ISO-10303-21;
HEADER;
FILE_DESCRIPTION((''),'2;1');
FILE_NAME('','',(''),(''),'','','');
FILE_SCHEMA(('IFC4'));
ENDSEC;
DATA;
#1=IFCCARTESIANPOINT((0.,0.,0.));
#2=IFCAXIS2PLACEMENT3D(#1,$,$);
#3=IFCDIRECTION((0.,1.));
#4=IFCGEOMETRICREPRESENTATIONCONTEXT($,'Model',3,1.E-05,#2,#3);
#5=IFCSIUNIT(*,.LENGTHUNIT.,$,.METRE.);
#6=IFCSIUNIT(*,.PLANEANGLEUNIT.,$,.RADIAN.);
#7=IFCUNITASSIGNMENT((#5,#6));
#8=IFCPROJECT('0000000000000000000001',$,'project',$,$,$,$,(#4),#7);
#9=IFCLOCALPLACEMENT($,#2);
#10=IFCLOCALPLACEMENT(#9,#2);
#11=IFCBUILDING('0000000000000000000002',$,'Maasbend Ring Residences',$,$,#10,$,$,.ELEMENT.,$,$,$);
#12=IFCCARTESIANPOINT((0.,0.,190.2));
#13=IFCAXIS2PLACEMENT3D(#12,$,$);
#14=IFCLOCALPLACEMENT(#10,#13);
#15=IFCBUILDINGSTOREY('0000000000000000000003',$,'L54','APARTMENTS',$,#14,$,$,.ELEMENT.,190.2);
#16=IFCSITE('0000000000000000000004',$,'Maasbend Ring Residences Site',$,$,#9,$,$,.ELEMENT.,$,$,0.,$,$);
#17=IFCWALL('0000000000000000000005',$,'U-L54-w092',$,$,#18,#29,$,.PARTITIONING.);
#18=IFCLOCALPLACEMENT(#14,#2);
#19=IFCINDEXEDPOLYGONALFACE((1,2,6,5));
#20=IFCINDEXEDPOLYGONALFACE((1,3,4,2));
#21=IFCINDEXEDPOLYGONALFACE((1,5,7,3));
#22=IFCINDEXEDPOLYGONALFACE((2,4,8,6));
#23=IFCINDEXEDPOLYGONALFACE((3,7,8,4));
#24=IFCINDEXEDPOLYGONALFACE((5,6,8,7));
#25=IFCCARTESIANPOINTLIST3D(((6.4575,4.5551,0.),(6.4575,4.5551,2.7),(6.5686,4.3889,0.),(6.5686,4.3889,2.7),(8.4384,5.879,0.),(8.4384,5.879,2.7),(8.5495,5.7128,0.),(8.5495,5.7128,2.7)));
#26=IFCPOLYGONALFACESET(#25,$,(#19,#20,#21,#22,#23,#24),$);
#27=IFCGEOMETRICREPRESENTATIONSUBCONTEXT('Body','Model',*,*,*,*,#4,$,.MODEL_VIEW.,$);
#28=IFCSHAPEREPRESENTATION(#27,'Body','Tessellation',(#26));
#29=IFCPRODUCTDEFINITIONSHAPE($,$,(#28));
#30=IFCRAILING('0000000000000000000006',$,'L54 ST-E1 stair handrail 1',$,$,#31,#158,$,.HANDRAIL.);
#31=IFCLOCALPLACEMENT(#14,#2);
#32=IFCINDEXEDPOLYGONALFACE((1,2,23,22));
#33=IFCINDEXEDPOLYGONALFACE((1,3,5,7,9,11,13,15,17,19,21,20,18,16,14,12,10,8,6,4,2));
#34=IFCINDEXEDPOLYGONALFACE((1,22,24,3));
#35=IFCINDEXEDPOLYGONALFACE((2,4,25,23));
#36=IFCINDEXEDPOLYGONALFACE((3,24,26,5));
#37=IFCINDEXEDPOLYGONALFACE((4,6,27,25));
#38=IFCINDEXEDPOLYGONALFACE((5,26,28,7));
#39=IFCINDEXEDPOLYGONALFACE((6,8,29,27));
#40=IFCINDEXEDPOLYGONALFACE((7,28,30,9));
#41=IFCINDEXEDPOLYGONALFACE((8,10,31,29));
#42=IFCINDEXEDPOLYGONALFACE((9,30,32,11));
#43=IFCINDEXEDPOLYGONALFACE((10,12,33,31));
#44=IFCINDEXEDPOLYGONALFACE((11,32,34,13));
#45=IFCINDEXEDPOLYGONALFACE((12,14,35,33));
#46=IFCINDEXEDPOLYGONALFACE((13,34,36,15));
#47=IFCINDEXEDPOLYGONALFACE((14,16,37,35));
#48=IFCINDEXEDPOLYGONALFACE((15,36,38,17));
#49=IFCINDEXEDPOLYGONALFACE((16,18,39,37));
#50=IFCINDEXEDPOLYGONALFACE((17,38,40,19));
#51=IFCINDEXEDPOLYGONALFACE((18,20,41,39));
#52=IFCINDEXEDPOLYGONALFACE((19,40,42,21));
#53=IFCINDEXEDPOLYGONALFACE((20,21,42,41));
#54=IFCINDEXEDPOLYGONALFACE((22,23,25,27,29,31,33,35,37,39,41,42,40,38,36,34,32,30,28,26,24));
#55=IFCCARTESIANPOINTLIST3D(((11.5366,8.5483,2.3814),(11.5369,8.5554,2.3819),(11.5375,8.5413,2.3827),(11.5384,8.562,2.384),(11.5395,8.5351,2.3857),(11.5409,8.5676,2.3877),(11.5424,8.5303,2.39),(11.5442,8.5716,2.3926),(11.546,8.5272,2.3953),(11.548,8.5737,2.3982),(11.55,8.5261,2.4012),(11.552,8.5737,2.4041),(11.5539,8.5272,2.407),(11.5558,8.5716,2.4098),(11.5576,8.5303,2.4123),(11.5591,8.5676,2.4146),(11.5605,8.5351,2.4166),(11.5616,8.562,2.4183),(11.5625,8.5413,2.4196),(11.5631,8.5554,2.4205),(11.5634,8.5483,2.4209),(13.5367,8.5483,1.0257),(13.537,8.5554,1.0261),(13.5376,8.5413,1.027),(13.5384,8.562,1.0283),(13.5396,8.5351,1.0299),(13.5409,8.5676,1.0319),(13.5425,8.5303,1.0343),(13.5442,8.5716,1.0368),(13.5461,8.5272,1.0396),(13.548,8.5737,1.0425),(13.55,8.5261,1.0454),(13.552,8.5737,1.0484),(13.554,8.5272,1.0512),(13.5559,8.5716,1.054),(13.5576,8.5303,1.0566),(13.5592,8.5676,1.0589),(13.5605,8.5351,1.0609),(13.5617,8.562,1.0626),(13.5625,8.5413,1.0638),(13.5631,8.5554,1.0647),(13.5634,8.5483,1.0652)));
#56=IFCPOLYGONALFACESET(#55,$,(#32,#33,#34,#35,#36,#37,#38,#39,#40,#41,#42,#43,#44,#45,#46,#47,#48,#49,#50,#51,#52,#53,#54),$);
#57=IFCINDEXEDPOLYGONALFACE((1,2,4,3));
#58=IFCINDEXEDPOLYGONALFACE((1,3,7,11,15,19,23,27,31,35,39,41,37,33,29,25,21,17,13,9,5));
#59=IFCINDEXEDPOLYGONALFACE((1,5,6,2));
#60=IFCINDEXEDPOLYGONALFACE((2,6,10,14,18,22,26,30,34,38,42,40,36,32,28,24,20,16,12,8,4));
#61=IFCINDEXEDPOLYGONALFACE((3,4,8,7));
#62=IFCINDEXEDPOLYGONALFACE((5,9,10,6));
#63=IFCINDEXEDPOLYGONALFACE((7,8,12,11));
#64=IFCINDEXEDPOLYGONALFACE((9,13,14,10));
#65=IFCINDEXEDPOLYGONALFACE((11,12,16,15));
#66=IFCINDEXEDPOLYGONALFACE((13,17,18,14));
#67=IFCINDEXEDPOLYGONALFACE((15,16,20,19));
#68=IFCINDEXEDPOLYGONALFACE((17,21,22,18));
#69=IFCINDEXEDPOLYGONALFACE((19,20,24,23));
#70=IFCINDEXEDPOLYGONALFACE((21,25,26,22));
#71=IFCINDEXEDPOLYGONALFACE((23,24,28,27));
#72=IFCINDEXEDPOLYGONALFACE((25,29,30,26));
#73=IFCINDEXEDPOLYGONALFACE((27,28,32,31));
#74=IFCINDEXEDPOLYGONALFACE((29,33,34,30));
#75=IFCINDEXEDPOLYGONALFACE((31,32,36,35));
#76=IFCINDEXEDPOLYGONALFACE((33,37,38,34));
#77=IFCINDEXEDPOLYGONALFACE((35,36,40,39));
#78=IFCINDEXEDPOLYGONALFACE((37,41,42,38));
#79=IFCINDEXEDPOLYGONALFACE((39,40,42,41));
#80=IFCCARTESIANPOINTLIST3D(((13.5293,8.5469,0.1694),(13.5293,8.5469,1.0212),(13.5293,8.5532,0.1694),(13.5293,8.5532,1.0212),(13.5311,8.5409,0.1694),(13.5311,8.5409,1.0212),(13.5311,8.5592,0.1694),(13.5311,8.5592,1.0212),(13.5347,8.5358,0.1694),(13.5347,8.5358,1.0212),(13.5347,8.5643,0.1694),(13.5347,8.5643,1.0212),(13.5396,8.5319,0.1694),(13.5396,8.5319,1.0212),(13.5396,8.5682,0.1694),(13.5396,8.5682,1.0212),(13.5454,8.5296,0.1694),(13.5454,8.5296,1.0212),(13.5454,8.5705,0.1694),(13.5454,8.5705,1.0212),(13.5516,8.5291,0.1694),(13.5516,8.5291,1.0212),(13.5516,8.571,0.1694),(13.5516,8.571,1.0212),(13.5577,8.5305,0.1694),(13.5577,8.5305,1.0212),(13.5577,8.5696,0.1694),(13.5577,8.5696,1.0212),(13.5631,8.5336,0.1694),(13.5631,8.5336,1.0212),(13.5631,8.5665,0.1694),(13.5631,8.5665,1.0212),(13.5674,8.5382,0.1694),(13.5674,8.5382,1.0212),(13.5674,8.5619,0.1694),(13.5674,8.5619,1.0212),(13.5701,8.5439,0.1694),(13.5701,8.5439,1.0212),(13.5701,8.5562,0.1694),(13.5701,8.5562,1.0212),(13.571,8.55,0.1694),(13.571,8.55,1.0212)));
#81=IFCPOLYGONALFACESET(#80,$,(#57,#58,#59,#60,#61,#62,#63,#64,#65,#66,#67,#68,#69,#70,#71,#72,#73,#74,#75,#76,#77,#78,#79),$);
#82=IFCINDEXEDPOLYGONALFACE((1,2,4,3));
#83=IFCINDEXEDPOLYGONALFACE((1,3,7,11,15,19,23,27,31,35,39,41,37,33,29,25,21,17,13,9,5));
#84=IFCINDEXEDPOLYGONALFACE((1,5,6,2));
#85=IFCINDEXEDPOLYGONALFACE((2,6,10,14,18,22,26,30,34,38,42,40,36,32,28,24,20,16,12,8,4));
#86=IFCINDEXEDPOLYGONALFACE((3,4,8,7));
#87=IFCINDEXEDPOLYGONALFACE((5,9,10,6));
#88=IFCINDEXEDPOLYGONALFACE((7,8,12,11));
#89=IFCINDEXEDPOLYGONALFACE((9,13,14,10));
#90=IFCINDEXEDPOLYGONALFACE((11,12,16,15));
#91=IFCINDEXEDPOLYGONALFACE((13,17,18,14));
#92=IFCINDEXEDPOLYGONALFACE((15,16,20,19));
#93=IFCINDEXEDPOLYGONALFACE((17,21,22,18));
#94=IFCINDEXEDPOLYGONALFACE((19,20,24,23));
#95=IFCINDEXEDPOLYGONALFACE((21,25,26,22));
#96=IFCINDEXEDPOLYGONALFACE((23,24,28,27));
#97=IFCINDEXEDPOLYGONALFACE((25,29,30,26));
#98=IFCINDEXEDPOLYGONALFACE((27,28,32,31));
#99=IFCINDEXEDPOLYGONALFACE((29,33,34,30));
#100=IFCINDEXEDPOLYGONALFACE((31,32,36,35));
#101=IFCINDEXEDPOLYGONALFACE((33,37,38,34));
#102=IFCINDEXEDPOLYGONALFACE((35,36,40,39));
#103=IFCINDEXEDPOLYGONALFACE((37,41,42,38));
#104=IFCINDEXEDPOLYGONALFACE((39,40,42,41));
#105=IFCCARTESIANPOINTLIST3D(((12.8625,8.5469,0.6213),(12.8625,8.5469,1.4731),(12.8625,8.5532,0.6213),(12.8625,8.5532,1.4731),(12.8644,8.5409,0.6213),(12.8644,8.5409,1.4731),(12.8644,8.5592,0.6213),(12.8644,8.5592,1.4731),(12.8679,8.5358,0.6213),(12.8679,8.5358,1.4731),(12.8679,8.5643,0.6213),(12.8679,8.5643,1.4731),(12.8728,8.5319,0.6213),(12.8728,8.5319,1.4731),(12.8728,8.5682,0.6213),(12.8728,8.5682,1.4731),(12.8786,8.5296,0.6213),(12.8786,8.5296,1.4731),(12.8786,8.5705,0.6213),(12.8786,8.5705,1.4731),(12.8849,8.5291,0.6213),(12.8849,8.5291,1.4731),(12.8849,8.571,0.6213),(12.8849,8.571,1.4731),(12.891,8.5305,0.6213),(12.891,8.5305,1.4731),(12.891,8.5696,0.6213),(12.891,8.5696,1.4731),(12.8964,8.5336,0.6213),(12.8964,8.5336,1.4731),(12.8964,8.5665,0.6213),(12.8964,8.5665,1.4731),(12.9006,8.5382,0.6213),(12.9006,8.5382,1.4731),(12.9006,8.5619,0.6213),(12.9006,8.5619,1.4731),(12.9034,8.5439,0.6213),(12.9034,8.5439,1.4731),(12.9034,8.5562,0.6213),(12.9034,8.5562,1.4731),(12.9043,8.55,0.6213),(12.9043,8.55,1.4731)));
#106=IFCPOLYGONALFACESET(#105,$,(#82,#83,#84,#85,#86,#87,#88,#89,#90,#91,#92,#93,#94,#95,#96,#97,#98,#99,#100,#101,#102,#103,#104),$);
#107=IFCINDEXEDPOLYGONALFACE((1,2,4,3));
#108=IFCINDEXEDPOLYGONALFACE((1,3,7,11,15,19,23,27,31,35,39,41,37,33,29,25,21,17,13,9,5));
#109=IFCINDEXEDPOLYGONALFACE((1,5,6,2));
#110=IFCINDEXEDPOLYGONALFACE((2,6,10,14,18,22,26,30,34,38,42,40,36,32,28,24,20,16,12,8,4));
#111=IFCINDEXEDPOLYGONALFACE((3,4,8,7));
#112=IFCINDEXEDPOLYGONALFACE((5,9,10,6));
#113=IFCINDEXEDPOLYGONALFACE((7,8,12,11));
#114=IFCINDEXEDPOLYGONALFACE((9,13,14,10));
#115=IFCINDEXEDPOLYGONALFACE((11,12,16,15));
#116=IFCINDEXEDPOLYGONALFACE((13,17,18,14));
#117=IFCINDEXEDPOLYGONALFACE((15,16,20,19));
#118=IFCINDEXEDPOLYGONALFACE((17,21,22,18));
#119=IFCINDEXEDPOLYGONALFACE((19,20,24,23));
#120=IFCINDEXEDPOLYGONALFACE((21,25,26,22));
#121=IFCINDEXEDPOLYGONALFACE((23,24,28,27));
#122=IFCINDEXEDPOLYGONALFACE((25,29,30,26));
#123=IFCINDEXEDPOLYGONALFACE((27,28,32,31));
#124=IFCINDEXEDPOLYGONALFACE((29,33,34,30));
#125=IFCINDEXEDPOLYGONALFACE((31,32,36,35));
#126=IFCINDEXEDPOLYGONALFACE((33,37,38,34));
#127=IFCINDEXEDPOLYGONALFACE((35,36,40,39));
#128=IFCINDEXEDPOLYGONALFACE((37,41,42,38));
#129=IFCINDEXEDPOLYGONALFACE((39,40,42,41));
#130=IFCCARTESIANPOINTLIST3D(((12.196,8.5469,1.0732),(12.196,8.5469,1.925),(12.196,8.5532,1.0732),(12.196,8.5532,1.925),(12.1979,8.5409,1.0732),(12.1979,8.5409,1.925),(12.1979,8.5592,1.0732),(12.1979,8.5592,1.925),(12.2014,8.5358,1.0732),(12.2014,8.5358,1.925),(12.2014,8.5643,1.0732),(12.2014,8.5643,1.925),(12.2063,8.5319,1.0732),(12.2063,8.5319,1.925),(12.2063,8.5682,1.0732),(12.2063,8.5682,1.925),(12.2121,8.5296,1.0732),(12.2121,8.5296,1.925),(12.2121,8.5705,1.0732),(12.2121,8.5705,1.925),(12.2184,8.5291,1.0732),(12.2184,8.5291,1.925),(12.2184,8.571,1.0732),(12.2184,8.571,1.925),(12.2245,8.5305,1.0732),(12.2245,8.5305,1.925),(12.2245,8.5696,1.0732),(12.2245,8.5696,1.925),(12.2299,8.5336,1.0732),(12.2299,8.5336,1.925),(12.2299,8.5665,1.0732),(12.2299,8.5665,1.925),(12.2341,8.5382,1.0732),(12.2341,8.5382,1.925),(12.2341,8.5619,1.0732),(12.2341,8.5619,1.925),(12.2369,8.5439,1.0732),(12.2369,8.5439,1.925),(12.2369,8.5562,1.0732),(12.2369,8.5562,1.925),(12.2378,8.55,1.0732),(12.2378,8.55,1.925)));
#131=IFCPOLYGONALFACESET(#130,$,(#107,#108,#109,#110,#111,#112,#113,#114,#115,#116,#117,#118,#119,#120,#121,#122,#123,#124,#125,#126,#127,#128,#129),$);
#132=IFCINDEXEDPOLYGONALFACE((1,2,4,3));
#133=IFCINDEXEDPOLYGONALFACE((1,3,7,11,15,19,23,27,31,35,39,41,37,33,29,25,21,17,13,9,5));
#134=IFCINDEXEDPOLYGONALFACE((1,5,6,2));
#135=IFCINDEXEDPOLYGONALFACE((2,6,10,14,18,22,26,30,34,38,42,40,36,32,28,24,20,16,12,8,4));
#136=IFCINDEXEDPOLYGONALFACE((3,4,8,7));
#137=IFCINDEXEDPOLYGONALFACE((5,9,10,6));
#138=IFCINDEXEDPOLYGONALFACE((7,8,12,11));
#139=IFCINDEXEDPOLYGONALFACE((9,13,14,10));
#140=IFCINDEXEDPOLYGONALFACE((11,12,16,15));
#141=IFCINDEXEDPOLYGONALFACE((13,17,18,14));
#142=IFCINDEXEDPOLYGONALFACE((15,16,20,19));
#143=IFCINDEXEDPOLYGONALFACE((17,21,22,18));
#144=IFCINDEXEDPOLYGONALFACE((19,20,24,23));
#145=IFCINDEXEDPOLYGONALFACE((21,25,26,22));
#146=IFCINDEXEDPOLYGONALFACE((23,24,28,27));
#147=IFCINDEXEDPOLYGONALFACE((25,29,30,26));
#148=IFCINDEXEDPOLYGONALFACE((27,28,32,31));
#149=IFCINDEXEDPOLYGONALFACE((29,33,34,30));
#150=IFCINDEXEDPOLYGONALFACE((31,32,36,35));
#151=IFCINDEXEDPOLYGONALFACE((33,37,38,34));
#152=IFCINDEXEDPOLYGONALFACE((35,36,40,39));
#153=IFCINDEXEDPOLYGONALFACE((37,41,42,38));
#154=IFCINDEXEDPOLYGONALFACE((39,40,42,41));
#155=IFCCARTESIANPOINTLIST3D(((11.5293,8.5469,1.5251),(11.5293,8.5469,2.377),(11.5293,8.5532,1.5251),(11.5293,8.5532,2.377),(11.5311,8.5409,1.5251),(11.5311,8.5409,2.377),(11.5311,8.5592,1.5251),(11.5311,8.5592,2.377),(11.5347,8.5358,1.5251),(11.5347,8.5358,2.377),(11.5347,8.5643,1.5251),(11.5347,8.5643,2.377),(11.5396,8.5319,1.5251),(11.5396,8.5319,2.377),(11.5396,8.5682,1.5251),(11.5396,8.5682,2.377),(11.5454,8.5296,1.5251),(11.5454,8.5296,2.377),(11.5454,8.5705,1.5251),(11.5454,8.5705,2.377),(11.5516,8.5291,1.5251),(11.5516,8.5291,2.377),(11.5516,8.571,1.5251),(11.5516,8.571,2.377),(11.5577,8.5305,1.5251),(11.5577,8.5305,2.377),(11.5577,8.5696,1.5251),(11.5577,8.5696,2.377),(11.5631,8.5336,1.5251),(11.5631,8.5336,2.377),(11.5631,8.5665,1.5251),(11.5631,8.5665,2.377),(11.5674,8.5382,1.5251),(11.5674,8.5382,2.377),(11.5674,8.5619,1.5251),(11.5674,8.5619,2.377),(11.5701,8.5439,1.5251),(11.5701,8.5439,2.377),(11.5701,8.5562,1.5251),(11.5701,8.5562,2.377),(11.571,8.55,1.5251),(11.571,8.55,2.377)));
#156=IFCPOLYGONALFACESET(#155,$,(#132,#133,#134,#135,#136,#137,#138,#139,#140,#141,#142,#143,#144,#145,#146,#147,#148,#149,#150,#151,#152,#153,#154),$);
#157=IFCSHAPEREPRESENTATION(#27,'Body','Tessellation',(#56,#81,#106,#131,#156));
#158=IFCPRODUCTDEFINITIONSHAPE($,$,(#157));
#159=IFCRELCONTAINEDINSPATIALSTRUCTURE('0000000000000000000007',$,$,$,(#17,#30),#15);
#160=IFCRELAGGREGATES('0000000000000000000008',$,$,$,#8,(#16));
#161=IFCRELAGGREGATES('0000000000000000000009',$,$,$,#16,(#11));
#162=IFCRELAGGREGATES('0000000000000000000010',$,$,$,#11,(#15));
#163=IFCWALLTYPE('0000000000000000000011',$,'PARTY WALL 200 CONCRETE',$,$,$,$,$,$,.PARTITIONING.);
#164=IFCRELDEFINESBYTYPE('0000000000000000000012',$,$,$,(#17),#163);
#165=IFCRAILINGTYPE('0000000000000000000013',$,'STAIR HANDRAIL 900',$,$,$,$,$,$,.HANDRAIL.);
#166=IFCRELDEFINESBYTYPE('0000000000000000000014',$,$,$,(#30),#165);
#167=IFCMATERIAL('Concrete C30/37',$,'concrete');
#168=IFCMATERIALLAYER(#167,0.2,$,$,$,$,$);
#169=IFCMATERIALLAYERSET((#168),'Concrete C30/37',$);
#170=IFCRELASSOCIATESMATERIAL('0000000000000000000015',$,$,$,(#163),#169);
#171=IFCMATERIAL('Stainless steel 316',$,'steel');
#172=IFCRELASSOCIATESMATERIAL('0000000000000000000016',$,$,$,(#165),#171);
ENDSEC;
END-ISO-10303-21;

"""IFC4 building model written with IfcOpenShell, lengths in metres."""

from ifc_helpers import new_model, si_unit, direction, frame, frame_2d, origin, origin_2d, place, context, subcontext, project, spatial, rectangle, circle, extrude, material, layer, layer_set, type_object, element, save


model = new_model("IFC4")

# Units and contexts
model_context = context("Model", 3, precision=1e-05, world=origin(), true_north=direction((0.0, 1.0)))
body_context = subcontext(model_context, "Body", "Model", "MODEL_VIEW")
ifc_project = project(units=[si_unit("LENGTHUNIT", "METRE"), si_unit("PLANEANGLEUNIT", "RADIAN")], contexts=[model_context])

# Site, building, storey
site_placement = place(None, origin())
site = spatial("IfcSite", under=ifc_project, at=site_placement, Name="Maasbend Ring Residences Site", CompositionType="ELEMENT", RefElevation=0.0)
building_placement = place(site_placement, origin())
building = spatial("IfcBuilding", under=site, at=building_placement, Name="Maasbend Ring Residences", CompositionType="ELEMENT")
storey_placement = place(building_placement, frame((0.0, 0.0, 190.2)))
storey = spatial("IfcBuildingStorey", under=building, at=storey_placement, Name="L54", Description="APARTMENTS", CompositionType="ELEMENT", Elevation=190.2)

# Wall
ifc_material_1 = material(Name="Concrete C30/37", Category="concrete")
ifc_layer_1 = layer(ifc_material_1, 0.2)
ifc_layer_set_1 = layer_set([ifc_layer_1], Name="Concrete C30/37")
wall_type_1 = type_object("IfcWallType", Name="PARTY WALL 200 CONCRETE", PredefinedType="PARTITIONING", material=ifc_layer_set_1)
wall_1_placement = place(storey_placement, frame((6.5129, 4.4719, 0.0), z_axis=(0.0, 0.0, 1.0), x_axis=(0.831403, 0.555669, 0.0)))
element("IfcWall", 1, at=wall_1_placement, inside=storey, type_object=wall_type_1, Name="U-L54-w092", PredefinedType="PARTITIONING", context=body_context, shape_type="SweptSolid", body=[
    extrude(rectangle(XDim=2.3826, YDim=0.2, at=frame_2d((1.1914, 0.0))), origin(), (0.0, 0.0, 1.0), 2.7),
])

# Railing
ifc_material_2 = material(Name="Stainless steel 316", Category="steel")
railing_type_1 = type_object("IfcRailingType", Name="STAIR HANDRAIL 900", PredefinedType="HANDRAIL", material=ifc_material_2)
railing_1_placement = place(storey_placement, frame((13.55, 8.55, 0.1694)))
element("IfcRailing", 2, at=railing_1_placement, inside=storey, type_object=railing_type_1, Name="L54 ST-E1 stair handrail 1", PredefinedType="HANDRAIL", context=body_context, shape_type="SweptSolid", body=[
    extrude(circle(Radius=0.0239, at=origin_2d()), frame((0.0, 0.0, 0.876), z_axis=(-0.827751, 0.0, 0.561096), x_axis=(0.0, -1.0, 0.0)), (0.0, 0.0, 1.0), 2.4163),
    extrude(circle(Radius=0.021, at=origin_2d()), origin(), (0.0, 0.0, 1.0), 0.8518),
    extrude(circle(Radius=0.021, at=origin_2d()), frame((-0.6667, 0.0, 0.4519)), (0.0, 0.0, 1.0), 0.8518),
    extrude(circle(Radius=0.021, at=origin_2d()), frame((-1.3333, 0.0, 0.9038)), (0.0, 0.0, 1.0), 0.8518),
    extrude(circle(Radius=0.021, at=origin_2d()), frame((-2.0, 0.0, 1.3557)), (0.0, 0.0, 1.0), 0.8518),
])

save(model, "model.ifc")
